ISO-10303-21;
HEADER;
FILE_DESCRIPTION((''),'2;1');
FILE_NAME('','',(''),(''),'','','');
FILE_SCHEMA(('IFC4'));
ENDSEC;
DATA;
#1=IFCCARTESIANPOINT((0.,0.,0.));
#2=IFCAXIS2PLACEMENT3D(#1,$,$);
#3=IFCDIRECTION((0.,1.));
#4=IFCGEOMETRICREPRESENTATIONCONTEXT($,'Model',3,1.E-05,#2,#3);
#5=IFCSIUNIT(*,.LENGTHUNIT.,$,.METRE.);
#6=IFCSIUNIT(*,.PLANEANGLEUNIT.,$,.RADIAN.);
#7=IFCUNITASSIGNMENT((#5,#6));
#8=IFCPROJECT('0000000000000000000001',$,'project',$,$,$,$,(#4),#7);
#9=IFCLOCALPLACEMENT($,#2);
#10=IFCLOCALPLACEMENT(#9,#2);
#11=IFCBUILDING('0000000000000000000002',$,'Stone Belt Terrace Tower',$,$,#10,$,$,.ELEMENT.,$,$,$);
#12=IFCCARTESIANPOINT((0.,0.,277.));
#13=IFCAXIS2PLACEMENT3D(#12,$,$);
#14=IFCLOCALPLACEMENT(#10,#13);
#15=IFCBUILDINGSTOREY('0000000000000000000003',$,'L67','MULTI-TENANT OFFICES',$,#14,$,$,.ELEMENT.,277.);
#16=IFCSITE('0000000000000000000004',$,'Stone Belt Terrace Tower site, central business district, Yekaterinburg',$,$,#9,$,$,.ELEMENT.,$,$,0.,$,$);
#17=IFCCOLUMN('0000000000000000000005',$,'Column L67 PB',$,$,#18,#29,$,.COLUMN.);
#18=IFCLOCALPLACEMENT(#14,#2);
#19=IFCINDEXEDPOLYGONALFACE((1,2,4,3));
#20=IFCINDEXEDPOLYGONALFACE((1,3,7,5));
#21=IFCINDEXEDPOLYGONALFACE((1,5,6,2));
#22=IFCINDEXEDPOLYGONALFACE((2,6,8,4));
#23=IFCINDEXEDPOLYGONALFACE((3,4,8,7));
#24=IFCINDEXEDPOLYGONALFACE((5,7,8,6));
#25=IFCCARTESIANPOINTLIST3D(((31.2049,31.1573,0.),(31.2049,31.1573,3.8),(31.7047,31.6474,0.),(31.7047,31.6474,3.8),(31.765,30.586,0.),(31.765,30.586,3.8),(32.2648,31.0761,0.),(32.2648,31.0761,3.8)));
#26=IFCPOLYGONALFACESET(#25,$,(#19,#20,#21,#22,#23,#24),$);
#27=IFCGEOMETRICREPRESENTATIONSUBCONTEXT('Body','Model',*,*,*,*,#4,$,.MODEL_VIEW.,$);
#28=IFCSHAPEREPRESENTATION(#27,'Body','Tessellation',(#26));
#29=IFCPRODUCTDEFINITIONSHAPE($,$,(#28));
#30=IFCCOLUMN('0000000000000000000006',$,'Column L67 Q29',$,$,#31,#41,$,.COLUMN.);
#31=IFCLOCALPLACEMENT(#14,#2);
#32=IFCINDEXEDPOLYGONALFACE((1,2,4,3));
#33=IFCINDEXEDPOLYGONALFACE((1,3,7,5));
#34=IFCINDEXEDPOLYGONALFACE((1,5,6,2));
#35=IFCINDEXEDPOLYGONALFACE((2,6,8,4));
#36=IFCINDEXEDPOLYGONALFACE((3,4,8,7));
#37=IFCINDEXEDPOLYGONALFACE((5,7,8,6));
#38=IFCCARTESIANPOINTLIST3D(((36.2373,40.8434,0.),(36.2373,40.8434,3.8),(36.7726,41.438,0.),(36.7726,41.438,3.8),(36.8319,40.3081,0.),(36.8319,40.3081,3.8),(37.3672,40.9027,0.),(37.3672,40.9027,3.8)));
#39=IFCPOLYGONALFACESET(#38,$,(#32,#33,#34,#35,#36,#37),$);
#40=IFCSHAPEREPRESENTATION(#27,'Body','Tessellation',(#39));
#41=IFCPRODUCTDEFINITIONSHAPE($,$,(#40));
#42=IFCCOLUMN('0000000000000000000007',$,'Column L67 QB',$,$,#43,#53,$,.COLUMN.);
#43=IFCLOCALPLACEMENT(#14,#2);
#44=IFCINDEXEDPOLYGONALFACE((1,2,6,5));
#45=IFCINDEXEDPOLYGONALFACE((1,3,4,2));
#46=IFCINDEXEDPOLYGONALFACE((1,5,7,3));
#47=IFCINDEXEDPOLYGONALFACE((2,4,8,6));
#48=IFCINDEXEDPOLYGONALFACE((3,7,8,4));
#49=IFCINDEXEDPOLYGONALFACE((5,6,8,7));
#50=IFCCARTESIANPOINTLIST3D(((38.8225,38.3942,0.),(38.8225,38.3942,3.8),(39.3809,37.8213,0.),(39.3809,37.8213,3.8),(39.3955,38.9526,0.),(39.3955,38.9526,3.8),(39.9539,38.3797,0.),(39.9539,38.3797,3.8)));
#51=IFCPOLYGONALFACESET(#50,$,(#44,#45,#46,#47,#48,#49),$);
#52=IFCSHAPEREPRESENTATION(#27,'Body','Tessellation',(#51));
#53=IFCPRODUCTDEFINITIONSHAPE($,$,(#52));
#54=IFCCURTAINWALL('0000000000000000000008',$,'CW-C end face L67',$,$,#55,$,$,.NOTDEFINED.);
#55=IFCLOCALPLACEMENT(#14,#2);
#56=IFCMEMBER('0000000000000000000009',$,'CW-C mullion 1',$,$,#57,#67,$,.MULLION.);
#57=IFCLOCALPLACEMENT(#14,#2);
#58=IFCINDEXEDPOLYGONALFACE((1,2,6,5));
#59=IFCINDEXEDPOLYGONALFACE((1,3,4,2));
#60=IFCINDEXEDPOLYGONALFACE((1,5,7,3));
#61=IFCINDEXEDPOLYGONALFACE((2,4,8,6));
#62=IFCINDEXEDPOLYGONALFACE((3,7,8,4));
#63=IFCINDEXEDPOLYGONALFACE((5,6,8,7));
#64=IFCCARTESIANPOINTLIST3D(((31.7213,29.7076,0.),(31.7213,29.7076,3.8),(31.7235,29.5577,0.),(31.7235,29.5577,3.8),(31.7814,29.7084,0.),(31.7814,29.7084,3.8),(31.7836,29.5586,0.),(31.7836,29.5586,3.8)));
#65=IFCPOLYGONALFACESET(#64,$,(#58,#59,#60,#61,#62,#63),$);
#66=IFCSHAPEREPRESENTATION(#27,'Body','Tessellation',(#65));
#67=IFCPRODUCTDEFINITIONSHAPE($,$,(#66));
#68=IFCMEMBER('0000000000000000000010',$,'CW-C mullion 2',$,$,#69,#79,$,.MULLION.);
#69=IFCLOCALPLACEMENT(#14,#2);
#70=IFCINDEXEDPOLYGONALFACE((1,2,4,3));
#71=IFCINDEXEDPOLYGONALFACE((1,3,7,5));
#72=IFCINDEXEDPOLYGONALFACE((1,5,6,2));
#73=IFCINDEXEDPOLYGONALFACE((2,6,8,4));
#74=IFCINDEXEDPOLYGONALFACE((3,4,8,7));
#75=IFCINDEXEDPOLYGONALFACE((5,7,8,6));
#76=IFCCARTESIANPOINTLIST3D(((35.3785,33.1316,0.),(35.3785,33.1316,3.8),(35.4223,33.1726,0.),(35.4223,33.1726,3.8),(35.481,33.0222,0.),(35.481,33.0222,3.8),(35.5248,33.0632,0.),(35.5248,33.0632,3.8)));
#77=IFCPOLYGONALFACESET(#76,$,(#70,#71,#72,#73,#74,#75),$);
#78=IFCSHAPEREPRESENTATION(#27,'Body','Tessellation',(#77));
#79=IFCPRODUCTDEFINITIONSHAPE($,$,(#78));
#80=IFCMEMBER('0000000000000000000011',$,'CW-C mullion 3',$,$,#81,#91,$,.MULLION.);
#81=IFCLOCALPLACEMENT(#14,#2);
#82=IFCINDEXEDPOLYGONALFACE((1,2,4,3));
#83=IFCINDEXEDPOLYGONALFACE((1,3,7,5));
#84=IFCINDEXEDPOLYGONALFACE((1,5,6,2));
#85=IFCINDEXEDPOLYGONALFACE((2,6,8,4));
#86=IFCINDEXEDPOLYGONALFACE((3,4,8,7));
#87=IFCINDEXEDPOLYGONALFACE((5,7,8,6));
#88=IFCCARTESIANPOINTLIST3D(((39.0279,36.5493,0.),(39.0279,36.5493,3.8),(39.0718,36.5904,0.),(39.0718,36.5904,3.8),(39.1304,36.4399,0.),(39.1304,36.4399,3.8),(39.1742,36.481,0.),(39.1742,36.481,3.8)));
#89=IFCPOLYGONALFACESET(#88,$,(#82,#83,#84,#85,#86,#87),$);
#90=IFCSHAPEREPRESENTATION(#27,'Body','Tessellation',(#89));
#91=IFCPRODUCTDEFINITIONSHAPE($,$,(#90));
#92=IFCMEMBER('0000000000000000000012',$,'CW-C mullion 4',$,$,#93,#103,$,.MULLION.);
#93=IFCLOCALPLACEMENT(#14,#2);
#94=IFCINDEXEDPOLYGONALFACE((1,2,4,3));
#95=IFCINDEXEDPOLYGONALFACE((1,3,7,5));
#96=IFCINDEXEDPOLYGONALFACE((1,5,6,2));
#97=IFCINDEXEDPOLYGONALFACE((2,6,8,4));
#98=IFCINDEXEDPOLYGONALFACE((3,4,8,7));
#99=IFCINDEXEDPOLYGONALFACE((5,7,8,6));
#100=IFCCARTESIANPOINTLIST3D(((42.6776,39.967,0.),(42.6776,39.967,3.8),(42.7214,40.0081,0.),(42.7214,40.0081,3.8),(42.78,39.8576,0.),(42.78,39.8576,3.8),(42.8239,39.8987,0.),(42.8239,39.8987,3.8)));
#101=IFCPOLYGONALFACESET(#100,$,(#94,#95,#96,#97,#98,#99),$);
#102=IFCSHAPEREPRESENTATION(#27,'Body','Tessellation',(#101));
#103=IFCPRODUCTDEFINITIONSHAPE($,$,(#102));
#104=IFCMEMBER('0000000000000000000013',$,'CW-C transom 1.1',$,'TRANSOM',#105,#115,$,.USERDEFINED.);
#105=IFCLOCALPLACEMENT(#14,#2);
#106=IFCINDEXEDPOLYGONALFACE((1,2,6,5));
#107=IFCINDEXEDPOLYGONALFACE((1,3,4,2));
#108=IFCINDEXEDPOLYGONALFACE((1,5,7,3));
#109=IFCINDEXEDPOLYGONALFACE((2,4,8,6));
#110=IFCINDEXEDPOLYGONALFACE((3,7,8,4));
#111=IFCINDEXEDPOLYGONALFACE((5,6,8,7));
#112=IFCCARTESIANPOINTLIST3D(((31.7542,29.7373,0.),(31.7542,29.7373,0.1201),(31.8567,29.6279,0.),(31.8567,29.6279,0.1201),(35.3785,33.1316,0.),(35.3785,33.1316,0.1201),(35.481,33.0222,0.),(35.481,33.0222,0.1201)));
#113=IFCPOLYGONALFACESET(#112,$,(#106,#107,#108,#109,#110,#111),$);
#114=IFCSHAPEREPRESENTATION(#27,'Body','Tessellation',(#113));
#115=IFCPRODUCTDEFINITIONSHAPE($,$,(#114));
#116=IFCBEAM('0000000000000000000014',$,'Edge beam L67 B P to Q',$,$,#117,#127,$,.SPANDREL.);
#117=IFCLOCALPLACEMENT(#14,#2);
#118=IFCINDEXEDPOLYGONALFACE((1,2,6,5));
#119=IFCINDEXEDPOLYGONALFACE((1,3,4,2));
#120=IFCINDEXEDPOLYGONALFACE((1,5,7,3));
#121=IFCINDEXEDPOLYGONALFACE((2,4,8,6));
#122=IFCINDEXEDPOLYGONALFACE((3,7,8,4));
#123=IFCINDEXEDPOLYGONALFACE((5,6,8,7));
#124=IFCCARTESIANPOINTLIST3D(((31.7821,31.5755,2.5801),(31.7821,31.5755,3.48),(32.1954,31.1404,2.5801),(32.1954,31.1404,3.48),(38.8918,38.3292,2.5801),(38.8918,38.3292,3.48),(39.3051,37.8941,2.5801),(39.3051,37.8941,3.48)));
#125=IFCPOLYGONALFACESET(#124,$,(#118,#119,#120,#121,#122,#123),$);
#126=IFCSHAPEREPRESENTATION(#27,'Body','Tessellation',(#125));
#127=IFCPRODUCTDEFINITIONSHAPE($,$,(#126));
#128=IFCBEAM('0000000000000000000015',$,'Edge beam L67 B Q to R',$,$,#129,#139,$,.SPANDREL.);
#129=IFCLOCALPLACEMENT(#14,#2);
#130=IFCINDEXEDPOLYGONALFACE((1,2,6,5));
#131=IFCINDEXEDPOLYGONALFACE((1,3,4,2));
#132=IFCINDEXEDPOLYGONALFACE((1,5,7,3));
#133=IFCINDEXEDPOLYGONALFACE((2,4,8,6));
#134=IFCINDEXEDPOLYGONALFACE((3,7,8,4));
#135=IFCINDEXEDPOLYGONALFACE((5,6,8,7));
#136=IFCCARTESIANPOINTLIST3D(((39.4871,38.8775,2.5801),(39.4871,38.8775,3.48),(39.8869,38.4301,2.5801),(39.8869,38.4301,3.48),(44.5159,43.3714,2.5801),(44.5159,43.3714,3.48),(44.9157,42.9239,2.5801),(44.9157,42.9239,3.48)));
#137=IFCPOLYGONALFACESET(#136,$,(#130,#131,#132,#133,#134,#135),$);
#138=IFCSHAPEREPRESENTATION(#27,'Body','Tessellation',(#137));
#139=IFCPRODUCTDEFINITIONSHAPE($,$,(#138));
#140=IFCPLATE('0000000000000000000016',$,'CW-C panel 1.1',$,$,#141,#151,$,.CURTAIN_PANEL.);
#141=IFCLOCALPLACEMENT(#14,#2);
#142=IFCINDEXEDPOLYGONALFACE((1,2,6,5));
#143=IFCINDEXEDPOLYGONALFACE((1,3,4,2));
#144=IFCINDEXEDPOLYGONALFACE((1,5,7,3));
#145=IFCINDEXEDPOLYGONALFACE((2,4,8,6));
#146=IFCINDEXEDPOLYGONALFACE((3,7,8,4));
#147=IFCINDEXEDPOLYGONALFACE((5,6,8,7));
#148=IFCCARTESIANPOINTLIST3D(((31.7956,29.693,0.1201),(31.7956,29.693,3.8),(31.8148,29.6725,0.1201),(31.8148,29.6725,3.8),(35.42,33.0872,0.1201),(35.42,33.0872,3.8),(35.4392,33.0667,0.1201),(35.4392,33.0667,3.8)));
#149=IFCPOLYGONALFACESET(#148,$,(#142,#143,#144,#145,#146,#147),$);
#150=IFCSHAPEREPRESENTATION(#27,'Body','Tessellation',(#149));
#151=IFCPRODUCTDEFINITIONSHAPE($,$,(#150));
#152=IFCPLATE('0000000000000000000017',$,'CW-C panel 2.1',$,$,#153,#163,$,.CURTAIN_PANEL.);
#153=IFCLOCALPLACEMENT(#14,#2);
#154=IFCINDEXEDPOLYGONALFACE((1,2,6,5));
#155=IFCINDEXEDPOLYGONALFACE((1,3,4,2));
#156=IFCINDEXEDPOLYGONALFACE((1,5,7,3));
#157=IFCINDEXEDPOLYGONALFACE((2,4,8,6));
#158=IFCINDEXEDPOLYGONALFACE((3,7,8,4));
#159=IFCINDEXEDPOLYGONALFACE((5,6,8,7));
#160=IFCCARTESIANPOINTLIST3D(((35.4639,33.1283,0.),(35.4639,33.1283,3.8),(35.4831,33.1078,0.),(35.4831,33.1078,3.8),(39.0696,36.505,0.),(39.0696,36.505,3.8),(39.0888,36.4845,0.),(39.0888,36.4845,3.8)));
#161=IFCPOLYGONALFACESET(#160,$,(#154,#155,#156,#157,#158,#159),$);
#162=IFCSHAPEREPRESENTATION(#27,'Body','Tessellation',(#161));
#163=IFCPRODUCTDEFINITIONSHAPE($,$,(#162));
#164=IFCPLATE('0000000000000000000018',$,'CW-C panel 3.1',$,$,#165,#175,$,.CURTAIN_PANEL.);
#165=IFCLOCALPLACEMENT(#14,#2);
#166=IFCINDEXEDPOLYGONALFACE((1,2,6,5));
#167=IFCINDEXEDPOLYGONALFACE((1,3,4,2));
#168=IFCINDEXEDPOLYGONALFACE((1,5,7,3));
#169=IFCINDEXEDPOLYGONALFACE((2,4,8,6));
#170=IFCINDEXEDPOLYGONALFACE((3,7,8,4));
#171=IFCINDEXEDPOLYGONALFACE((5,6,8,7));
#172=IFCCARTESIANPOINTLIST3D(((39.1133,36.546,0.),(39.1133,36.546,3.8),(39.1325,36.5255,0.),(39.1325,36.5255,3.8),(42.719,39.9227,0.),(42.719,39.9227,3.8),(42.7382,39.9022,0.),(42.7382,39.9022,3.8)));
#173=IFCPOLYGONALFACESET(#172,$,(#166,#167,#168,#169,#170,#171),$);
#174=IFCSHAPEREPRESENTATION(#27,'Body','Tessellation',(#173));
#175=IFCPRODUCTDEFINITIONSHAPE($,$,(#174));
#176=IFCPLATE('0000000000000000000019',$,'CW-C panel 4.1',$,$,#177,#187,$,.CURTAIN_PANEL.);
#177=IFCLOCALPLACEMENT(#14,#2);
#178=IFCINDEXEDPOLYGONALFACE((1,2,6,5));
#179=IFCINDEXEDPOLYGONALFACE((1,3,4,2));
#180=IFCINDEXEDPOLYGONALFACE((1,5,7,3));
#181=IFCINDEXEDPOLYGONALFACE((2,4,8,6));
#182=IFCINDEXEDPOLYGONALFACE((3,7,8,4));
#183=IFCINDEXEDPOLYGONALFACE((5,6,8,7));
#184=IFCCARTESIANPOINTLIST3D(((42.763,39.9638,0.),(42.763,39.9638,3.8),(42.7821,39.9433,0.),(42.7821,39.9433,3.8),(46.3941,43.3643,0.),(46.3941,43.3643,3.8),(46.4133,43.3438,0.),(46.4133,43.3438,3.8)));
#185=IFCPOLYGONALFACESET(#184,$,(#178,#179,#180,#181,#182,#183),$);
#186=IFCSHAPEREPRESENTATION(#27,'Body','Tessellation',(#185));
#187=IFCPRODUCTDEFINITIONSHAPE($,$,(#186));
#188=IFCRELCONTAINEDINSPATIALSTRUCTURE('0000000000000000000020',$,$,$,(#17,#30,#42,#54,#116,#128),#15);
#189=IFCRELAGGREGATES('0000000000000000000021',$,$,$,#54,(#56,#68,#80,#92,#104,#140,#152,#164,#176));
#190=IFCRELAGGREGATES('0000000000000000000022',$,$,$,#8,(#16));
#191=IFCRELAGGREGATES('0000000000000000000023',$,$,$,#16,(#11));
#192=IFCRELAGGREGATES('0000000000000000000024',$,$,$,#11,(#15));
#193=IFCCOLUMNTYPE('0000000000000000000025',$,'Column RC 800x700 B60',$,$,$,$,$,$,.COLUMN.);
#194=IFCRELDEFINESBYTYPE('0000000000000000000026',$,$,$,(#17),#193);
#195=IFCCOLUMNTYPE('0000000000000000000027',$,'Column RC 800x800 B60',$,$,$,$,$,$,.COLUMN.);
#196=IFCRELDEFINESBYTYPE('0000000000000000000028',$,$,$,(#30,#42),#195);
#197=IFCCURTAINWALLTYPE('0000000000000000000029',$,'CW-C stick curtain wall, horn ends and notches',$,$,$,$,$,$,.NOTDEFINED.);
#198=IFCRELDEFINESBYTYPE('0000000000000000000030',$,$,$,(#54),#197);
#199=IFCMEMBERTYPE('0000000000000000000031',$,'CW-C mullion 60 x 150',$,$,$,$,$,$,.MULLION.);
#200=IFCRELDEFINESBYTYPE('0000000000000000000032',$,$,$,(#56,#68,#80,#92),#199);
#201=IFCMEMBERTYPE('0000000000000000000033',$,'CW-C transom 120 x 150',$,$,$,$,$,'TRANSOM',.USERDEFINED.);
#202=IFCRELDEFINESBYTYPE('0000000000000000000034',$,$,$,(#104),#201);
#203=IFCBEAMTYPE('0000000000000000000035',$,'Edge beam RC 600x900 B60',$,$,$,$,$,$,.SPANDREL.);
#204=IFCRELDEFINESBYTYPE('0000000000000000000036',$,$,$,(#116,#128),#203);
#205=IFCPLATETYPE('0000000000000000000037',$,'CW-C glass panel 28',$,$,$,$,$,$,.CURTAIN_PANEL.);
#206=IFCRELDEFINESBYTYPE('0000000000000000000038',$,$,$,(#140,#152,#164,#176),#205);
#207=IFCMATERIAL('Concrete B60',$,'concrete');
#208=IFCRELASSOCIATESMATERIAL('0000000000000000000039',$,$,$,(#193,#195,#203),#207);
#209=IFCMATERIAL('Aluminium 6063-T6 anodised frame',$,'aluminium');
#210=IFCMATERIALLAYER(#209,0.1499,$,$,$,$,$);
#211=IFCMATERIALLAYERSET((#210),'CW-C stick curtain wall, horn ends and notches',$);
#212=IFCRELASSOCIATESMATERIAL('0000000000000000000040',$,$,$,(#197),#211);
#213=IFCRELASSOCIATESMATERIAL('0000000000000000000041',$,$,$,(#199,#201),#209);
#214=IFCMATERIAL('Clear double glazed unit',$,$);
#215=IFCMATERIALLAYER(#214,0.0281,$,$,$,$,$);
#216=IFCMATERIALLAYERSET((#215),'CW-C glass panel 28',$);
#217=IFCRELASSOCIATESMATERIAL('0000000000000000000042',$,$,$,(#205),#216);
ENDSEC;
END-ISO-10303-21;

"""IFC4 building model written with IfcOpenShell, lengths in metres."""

from ifc_helpers import new_model, si_unit, direction, frame, origin, origin_2d, place, context, subcontext, project, spatial, rectangle, extrude, material, layer, layer_set, material_profile, profile_set, type_object, element, aggregate, save


model = new_model("IFC4")

# Units and contexts
model_context = context("Model", 3, precision=1e-05, world=origin(), true_north=direction((0.0, 1.0)))
body_context = subcontext(model_context, "Body", "Model", "MODEL_VIEW")
ifc_project = project(units=[si_unit("LENGTHUNIT", "METRE"), si_unit("PLANEANGLEUNIT", "RADIAN")], contexts=[model_context])

# Site, building, storey
site_placement = place(None, origin())
site = spatial("IfcSite", under=ifc_project, at=site_placement, Name="Stone Belt Terrace Tower site, central business district, Yekaterinburg", CompositionType="ELEMENT", RefElevation=0.0)
building_placement = place(site_placement, origin())
building = spatial("IfcBuilding", under=site, at=building_placement, Name="Stone Belt Terrace Tower", CompositionType="ELEMENT")
storey_placement = place(building_placement, frame((0.0, 0.0, 277.0)))
storey = spatial("IfcBuildingStorey", under=building, at=storey_placement, Name="L67", Description="MULTI-TENANT OFFICES", CompositionType="ELEMENT", Elevation=277.0)

# Columns
ifc_material_1 = material(Name="Concrete B60", Category="concrete")
ifc_material_profile_1 = material_profile(ifc_material_1, rectangle(XDim=0.8, YDim=0.7, at=origin_2d()), Name="RC 800x700")
ifc_profile_set_1 = profile_set([ifc_material_profile_1], Name="Concrete B60")
column_type_1 = type_object("IfcColumnType", Name="Column RC 800x700 B60", PredefinedType="COLUMN", material=ifc_profile_set_1)
column_placement = place(storey_placement, frame((31.7349, 31.1167, 0.0), z_axis=(0.0, 0.0, 1.0), x_axis=(0.70012, -0.714026, 0.0)))
element("IfcColumn", 1, at=column_placement, inside=storey, type_object=column_type_1, Name="Column L67 PB", PredefinedType="COLUMN", context=body_context, shape_type="SweptSolid", body=[
    extrude(rectangle(XDim=0.8, YDim=0.7, at=origin_2d()), origin(), (0.0, 0.0, 1.0), 3.8),
])
ifc_material_profile_2 = material_profile(ifc_material_1, rectangle(XDim=0.8, YDim=0.8, at=origin_2d()), Name="RC 800x800")
ifc_profile_set_2 = profile_set([ifc_material_profile_2], Name="Concrete B60")
column_type_2 = type_object("IfcColumnType", Name="Column RC 800x800 B60", PredefinedType="COLUMN", material=ifc_profile_set_2)
for number, where, z_axis, x_axis, name in (
    (2, (36.8022, 40.873, 0.0), (0.0, 0.0, 1.0), (0.743145, -0.669131, 0.0), "Column L67 Q29"),
    (3, (39.3882, 38.387, 0.0), (0.0, 0.0, 1.0), (0.697944, -0.716152, 0.0), "Column L67 QB"),
):
    element("IfcColumn", number, at=place(storey_placement, frame(where, z_axis=z_axis, x_axis=x_axis)), inside=storey, type_object=column_type_2, Name=name, PredefinedType="COLUMN", context=body_context, shape_type="SweptSolid", body=[
        extrude(rectangle(XDim=0.8, YDim=0.8, at=origin_2d()), origin(), (0.0, 0.0, 1.0), 3.8),
    ])

# Curtain wall, members
ifc_material_2 = material(Name="Aluminium 6063-T6 anodised frame", Category="aluminium")
ifc_layer_1 = layer(ifc_material_2, 0.1499)
ifc_layer_set_1 = layer_set([ifc_layer_1], Name="CW-C stick curtain wall, horn ends and notches")
curtain_wall_type = type_object("IfcCurtainWallType", Name="CW-C stick curtain wall, horn ends and notches", PredefinedType="NOTDEFINED", material=ifc_layer_set_1)
curtain_wall_placement = place(storey_placement, origin())
curtain_wall = element("IfcCurtainWall", 4, at=curtain_wall_placement, inside=storey, type_object=curtain_wall_type, Name="CW-C end face L67", PredefinedType="NOTDEFINED")
ifc_material_profile_3 = material_profile(ifc_material_2, rectangle(XDim=0.1499, YDim=0.0601, at=origin_2d()), Name="Aluminium 6063-T6 60x150")
ifc_profile_set_3 = profile_set([ifc_material_profile_3], Name="Aluminium 6063-T6 anodised frame")
member_type_1 = type_object("IfcMemberType", Name="CW-C mullion 60 x 150", PredefinedType="MULLION", material=ifc_profile_set_3)
member_1_placement = place(storey_placement, frame((31.7524, 29.6331, 0.0), z_axis=(0.0, 0.0, 1.0), x_axis=(-0.014682, 0.999892, 0.0)))
member_1 = element("IfcMember", 5, at=member_1_placement, type_object=member_type_1, Name="CW-C mullion 1", PredefinedType="MULLION", context=body_context, shape_type="SweptSolid", body=[
    extrude(rectangle(XDim=0.1499, YDim=0.0601, at=origin_2d()), origin(), (0.0, 0.0, 1.0), 3.8),
])
member_2_placement = place(storey_placement, frame((35.4517, 33.0974, 0.0), z_axis=(0.0, 0.0, 1.0), x_axis=(-0.683549, 0.729904, 0.0)))
member_2 = element("IfcMember", 6, at=member_2_placement, type_object=member_type_1, Name="CW-C mullion 2", PredefinedType="MULLION", context=body_context, shape_type="SweptSolid", body=[
    extrude(rectangle(XDim=0.1499, YDim=0.0601, at=origin_2d()), origin(), (0.0, 0.0, 1.0), 3.8),
])
member_3_placement = place(storey_placement, frame((39.1011, 36.5151, 0.0), z_axis=(0.0, 0.0, 1.0), x_axis=(-0.683549, 0.729904, 0.0)))
member_3 = element("IfcMember", 7, at=member_3_placement, type_object=member_type_1, Name="CW-C mullion 3", PredefinedType="MULLION", context=body_context, shape_type="SweptSolid", body=[
    extrude(rectangle(XDim=0.1499, YDim=0.0601, at=origin_2d()), origin(), (0.0, 0.0, 1.0), 3.8),
])
member_4_placement = place(storey_placement, frame((42.7507, 39.9329, 0.0), z_axis=(0.0, 0.0, 1.0), x_axis=(-0.683549, 0.729904, 0.0)))
member_4 = element("IfcMember", 8, at=member_4_placement, type_object=member_type_1, Name="CW-C mullion 4", PredefinedType="MULLION", context=body_context, shape_type="SweptSolid", body=[
    extrude(rectangle(XDim=0.1499, YDim=0.0601, at=origin_2d()), origin(), (0.0, 0.0, 1.0), 3.8),
])
ifc_material_profile_4 = material_profile(ifc_material_2, rectangle(XDim=0.1499, YDim=0.1201, at=origin_2d()), Name="Aluminium 6063-T6 150x120")
ifc_profile_set_4 = profile_set([ifc_material_profile_4], Name="Aluminium 6063-T6 anodised frame")
member_type_2 = type_object("IfcMemberType", Name="CW-C transom 120 x 150", ElementType="TRANSOM", PredefinedType="USERDEFINED", material=ifc_profile_set_4)
member_5_placement = place(storey_placement, frame((31.8054, 29.6826, 0.0601), z_axis=(0.729885, 0.68357, 0.0), x_axis=(-0.68357, 0.729885, 0.0)))
member_5 = element("IfcMember", 9, at=member_5_placement, type_object=member_type_2, Name="CW-C transom 1.1", ObjectType="TRANSOM", PredefinedType="USERDEFINED", context=body_context, shape_type="SweptSolid", body=[
    extrude(rectangle(XDim=0.1499, YDim=0.1201, at=origin_2d()), origin(), (0.0, 0.0, 1.0), 4.9656),
])

# Beams
ifc_material_profile_5 = material_profile(ifc_material_1, rectangle(XDim=0.6001, YDim=0.8999, at=origin_2d()), Name="RC 600x900")
ifc_profile_set_5 = profile_set([ifc_material_profile_5], Name="Concrete B60")
beam_type = type_object("IfcBeamType", Name="Edge beam RC 600x900 B60", PredefinedType="SPANDREL", material=ifc_profile_set_5)
beam_1_placement = place(storey_placement, frame((31.9888, 31.3579, 3.03), z_axis=(0.725024, 0.688724, 0.0), x_axis=(-0.688724, 0.725024, 0.0)))
element("IfcBeam", 10, at=beam_1_placement, inside=storey, type_object=beam_type, Name="Edge beam L67 B P to Q", PredefinedType="SPANDREL", context=body_context, shape_type="SweptSolid", body=[
    extrude(rectangle(XDim=0.6001, YDim=0.8999, at=origin_2d()), origin(), (0.0, 0.0, 1.0), 9.8062),
])
beam_2_placement = place(storey_placement, frame((39.687, 38.6538, 3.03), z_axis=(0.745651, 0.666337, 0.0), x_axis=(-0.666337, 0.745651, 0.0)))
element("IfcBeam", 11, at=beam_2_placement, inside=storey, type_object=beam_type, Name="Edge beam L67 B Q to R", PredefinedType="SPANDREL", context=body_context, shape_type="SweptSolid", body=[
    extrude(rectangle(XDim=0.6001, YDim=0.8999, at=origin_2d()), origin(), (0.0, 0.0, 1.0), 6.7441),
])

# Plates
ifc_material_3 = material(Name="Clear double glazed unit")
ifc_layer_2 = layer(ifc_material_3, 0.0281)
ifc_layer_set_2 = layer_set([ifc_layer_2], Name="CW-C glass panel 28")
plate_type = type_object("IfcPlateType", Name="CW-C glass panel 28", PredefinedType="CURTAIN_PANEL", material=ifc_layer_set_2)
plate_1_placement = place(storey_placement, frame((33.6174, 31.3799, 0.1201), z_axis=(0.0, 0.0, 1.0), x_axis=(0.729904, 0.683549, 0.0)))
plate_1 = element("IfcPlate", 12, at=plate_1_placement, type_object=plate_type, Name="CW-C panel 1.1", PredefinedType="CURTAIN_PANEL", context=body_context, shape_type="SweptSolid", body=[
    extrude(rectangle(XDim=4.9656, YDim=0.0281, at=origin_2d()), origin(), (0.0, 0.0, 1.0), 3.6799),
])
plate_2_placement = place(storey_placement, frame((37.2764, 34.8064, 0.0), z_axis=(0.0, 0.0, 1.0), x_axis=(0.729904, 0.683549, 0.0)))
plate_2 = element("IfcPlate", 13, at=plate_2_placement, type_object=plate_type, Name="CW-C panel 2.1", PredefinedType="CURTAIN_PANEL", context=body_context, shape_type="SweptSolid", body=[
    extrude(rectangle(XDim=4.9399, YDim=0.0281, at=origin_2d()), origin(), (0.0, 0.0, 1.0), 3.8),
])
plate_3_placement = place(storey_placement, frame((40.9258, 38.2241, 0.0), z_axis=(0.0, 0.0, 1.0), x_axis=(0.729904, 0.683549, 0.0)))
plate_3 = element("IfcPlate", 14, at=plate_3_placement, type_object=plate_type, Name="CW-C panel 3.1", PredefinedType="CURTAIN_PANEL", context=body_context, shape_type="SweptSolid", body=[
    extrude(rectangle(XDim=4.9399, YDim=0.0281, at=origin_2d()), origin(), (0.0, 0.0, 1.0), 3.8),
])
plate_4_placement = place(storey_placement, frame((44.5881, 41.6538, 0.0), z_axis=(0.0, 0.0, 1.0), x_axis=(0.729904, 0.683549, 0.0)))
plate_4 = element("IfcPlate", 15, at=plate_4_placement, type_object=plate_type, Name="CW-C panel 4.1", PredefinedType="CURTAIN_PANEL", context=body_context, shape_type="SweptSolid", body=[
    extrude(rectangle(XDim=4.9749, YDim=0.0281, at=origin_2d()), origin(), (0.0, 0.0, 1.0), 3.8),
])
aggregate(curtain_wall, [member_1, member_2, member_3, member_4, member_5, plate_1, plate_2, plate_3, plate_4])

save(model, "model.ifc")
